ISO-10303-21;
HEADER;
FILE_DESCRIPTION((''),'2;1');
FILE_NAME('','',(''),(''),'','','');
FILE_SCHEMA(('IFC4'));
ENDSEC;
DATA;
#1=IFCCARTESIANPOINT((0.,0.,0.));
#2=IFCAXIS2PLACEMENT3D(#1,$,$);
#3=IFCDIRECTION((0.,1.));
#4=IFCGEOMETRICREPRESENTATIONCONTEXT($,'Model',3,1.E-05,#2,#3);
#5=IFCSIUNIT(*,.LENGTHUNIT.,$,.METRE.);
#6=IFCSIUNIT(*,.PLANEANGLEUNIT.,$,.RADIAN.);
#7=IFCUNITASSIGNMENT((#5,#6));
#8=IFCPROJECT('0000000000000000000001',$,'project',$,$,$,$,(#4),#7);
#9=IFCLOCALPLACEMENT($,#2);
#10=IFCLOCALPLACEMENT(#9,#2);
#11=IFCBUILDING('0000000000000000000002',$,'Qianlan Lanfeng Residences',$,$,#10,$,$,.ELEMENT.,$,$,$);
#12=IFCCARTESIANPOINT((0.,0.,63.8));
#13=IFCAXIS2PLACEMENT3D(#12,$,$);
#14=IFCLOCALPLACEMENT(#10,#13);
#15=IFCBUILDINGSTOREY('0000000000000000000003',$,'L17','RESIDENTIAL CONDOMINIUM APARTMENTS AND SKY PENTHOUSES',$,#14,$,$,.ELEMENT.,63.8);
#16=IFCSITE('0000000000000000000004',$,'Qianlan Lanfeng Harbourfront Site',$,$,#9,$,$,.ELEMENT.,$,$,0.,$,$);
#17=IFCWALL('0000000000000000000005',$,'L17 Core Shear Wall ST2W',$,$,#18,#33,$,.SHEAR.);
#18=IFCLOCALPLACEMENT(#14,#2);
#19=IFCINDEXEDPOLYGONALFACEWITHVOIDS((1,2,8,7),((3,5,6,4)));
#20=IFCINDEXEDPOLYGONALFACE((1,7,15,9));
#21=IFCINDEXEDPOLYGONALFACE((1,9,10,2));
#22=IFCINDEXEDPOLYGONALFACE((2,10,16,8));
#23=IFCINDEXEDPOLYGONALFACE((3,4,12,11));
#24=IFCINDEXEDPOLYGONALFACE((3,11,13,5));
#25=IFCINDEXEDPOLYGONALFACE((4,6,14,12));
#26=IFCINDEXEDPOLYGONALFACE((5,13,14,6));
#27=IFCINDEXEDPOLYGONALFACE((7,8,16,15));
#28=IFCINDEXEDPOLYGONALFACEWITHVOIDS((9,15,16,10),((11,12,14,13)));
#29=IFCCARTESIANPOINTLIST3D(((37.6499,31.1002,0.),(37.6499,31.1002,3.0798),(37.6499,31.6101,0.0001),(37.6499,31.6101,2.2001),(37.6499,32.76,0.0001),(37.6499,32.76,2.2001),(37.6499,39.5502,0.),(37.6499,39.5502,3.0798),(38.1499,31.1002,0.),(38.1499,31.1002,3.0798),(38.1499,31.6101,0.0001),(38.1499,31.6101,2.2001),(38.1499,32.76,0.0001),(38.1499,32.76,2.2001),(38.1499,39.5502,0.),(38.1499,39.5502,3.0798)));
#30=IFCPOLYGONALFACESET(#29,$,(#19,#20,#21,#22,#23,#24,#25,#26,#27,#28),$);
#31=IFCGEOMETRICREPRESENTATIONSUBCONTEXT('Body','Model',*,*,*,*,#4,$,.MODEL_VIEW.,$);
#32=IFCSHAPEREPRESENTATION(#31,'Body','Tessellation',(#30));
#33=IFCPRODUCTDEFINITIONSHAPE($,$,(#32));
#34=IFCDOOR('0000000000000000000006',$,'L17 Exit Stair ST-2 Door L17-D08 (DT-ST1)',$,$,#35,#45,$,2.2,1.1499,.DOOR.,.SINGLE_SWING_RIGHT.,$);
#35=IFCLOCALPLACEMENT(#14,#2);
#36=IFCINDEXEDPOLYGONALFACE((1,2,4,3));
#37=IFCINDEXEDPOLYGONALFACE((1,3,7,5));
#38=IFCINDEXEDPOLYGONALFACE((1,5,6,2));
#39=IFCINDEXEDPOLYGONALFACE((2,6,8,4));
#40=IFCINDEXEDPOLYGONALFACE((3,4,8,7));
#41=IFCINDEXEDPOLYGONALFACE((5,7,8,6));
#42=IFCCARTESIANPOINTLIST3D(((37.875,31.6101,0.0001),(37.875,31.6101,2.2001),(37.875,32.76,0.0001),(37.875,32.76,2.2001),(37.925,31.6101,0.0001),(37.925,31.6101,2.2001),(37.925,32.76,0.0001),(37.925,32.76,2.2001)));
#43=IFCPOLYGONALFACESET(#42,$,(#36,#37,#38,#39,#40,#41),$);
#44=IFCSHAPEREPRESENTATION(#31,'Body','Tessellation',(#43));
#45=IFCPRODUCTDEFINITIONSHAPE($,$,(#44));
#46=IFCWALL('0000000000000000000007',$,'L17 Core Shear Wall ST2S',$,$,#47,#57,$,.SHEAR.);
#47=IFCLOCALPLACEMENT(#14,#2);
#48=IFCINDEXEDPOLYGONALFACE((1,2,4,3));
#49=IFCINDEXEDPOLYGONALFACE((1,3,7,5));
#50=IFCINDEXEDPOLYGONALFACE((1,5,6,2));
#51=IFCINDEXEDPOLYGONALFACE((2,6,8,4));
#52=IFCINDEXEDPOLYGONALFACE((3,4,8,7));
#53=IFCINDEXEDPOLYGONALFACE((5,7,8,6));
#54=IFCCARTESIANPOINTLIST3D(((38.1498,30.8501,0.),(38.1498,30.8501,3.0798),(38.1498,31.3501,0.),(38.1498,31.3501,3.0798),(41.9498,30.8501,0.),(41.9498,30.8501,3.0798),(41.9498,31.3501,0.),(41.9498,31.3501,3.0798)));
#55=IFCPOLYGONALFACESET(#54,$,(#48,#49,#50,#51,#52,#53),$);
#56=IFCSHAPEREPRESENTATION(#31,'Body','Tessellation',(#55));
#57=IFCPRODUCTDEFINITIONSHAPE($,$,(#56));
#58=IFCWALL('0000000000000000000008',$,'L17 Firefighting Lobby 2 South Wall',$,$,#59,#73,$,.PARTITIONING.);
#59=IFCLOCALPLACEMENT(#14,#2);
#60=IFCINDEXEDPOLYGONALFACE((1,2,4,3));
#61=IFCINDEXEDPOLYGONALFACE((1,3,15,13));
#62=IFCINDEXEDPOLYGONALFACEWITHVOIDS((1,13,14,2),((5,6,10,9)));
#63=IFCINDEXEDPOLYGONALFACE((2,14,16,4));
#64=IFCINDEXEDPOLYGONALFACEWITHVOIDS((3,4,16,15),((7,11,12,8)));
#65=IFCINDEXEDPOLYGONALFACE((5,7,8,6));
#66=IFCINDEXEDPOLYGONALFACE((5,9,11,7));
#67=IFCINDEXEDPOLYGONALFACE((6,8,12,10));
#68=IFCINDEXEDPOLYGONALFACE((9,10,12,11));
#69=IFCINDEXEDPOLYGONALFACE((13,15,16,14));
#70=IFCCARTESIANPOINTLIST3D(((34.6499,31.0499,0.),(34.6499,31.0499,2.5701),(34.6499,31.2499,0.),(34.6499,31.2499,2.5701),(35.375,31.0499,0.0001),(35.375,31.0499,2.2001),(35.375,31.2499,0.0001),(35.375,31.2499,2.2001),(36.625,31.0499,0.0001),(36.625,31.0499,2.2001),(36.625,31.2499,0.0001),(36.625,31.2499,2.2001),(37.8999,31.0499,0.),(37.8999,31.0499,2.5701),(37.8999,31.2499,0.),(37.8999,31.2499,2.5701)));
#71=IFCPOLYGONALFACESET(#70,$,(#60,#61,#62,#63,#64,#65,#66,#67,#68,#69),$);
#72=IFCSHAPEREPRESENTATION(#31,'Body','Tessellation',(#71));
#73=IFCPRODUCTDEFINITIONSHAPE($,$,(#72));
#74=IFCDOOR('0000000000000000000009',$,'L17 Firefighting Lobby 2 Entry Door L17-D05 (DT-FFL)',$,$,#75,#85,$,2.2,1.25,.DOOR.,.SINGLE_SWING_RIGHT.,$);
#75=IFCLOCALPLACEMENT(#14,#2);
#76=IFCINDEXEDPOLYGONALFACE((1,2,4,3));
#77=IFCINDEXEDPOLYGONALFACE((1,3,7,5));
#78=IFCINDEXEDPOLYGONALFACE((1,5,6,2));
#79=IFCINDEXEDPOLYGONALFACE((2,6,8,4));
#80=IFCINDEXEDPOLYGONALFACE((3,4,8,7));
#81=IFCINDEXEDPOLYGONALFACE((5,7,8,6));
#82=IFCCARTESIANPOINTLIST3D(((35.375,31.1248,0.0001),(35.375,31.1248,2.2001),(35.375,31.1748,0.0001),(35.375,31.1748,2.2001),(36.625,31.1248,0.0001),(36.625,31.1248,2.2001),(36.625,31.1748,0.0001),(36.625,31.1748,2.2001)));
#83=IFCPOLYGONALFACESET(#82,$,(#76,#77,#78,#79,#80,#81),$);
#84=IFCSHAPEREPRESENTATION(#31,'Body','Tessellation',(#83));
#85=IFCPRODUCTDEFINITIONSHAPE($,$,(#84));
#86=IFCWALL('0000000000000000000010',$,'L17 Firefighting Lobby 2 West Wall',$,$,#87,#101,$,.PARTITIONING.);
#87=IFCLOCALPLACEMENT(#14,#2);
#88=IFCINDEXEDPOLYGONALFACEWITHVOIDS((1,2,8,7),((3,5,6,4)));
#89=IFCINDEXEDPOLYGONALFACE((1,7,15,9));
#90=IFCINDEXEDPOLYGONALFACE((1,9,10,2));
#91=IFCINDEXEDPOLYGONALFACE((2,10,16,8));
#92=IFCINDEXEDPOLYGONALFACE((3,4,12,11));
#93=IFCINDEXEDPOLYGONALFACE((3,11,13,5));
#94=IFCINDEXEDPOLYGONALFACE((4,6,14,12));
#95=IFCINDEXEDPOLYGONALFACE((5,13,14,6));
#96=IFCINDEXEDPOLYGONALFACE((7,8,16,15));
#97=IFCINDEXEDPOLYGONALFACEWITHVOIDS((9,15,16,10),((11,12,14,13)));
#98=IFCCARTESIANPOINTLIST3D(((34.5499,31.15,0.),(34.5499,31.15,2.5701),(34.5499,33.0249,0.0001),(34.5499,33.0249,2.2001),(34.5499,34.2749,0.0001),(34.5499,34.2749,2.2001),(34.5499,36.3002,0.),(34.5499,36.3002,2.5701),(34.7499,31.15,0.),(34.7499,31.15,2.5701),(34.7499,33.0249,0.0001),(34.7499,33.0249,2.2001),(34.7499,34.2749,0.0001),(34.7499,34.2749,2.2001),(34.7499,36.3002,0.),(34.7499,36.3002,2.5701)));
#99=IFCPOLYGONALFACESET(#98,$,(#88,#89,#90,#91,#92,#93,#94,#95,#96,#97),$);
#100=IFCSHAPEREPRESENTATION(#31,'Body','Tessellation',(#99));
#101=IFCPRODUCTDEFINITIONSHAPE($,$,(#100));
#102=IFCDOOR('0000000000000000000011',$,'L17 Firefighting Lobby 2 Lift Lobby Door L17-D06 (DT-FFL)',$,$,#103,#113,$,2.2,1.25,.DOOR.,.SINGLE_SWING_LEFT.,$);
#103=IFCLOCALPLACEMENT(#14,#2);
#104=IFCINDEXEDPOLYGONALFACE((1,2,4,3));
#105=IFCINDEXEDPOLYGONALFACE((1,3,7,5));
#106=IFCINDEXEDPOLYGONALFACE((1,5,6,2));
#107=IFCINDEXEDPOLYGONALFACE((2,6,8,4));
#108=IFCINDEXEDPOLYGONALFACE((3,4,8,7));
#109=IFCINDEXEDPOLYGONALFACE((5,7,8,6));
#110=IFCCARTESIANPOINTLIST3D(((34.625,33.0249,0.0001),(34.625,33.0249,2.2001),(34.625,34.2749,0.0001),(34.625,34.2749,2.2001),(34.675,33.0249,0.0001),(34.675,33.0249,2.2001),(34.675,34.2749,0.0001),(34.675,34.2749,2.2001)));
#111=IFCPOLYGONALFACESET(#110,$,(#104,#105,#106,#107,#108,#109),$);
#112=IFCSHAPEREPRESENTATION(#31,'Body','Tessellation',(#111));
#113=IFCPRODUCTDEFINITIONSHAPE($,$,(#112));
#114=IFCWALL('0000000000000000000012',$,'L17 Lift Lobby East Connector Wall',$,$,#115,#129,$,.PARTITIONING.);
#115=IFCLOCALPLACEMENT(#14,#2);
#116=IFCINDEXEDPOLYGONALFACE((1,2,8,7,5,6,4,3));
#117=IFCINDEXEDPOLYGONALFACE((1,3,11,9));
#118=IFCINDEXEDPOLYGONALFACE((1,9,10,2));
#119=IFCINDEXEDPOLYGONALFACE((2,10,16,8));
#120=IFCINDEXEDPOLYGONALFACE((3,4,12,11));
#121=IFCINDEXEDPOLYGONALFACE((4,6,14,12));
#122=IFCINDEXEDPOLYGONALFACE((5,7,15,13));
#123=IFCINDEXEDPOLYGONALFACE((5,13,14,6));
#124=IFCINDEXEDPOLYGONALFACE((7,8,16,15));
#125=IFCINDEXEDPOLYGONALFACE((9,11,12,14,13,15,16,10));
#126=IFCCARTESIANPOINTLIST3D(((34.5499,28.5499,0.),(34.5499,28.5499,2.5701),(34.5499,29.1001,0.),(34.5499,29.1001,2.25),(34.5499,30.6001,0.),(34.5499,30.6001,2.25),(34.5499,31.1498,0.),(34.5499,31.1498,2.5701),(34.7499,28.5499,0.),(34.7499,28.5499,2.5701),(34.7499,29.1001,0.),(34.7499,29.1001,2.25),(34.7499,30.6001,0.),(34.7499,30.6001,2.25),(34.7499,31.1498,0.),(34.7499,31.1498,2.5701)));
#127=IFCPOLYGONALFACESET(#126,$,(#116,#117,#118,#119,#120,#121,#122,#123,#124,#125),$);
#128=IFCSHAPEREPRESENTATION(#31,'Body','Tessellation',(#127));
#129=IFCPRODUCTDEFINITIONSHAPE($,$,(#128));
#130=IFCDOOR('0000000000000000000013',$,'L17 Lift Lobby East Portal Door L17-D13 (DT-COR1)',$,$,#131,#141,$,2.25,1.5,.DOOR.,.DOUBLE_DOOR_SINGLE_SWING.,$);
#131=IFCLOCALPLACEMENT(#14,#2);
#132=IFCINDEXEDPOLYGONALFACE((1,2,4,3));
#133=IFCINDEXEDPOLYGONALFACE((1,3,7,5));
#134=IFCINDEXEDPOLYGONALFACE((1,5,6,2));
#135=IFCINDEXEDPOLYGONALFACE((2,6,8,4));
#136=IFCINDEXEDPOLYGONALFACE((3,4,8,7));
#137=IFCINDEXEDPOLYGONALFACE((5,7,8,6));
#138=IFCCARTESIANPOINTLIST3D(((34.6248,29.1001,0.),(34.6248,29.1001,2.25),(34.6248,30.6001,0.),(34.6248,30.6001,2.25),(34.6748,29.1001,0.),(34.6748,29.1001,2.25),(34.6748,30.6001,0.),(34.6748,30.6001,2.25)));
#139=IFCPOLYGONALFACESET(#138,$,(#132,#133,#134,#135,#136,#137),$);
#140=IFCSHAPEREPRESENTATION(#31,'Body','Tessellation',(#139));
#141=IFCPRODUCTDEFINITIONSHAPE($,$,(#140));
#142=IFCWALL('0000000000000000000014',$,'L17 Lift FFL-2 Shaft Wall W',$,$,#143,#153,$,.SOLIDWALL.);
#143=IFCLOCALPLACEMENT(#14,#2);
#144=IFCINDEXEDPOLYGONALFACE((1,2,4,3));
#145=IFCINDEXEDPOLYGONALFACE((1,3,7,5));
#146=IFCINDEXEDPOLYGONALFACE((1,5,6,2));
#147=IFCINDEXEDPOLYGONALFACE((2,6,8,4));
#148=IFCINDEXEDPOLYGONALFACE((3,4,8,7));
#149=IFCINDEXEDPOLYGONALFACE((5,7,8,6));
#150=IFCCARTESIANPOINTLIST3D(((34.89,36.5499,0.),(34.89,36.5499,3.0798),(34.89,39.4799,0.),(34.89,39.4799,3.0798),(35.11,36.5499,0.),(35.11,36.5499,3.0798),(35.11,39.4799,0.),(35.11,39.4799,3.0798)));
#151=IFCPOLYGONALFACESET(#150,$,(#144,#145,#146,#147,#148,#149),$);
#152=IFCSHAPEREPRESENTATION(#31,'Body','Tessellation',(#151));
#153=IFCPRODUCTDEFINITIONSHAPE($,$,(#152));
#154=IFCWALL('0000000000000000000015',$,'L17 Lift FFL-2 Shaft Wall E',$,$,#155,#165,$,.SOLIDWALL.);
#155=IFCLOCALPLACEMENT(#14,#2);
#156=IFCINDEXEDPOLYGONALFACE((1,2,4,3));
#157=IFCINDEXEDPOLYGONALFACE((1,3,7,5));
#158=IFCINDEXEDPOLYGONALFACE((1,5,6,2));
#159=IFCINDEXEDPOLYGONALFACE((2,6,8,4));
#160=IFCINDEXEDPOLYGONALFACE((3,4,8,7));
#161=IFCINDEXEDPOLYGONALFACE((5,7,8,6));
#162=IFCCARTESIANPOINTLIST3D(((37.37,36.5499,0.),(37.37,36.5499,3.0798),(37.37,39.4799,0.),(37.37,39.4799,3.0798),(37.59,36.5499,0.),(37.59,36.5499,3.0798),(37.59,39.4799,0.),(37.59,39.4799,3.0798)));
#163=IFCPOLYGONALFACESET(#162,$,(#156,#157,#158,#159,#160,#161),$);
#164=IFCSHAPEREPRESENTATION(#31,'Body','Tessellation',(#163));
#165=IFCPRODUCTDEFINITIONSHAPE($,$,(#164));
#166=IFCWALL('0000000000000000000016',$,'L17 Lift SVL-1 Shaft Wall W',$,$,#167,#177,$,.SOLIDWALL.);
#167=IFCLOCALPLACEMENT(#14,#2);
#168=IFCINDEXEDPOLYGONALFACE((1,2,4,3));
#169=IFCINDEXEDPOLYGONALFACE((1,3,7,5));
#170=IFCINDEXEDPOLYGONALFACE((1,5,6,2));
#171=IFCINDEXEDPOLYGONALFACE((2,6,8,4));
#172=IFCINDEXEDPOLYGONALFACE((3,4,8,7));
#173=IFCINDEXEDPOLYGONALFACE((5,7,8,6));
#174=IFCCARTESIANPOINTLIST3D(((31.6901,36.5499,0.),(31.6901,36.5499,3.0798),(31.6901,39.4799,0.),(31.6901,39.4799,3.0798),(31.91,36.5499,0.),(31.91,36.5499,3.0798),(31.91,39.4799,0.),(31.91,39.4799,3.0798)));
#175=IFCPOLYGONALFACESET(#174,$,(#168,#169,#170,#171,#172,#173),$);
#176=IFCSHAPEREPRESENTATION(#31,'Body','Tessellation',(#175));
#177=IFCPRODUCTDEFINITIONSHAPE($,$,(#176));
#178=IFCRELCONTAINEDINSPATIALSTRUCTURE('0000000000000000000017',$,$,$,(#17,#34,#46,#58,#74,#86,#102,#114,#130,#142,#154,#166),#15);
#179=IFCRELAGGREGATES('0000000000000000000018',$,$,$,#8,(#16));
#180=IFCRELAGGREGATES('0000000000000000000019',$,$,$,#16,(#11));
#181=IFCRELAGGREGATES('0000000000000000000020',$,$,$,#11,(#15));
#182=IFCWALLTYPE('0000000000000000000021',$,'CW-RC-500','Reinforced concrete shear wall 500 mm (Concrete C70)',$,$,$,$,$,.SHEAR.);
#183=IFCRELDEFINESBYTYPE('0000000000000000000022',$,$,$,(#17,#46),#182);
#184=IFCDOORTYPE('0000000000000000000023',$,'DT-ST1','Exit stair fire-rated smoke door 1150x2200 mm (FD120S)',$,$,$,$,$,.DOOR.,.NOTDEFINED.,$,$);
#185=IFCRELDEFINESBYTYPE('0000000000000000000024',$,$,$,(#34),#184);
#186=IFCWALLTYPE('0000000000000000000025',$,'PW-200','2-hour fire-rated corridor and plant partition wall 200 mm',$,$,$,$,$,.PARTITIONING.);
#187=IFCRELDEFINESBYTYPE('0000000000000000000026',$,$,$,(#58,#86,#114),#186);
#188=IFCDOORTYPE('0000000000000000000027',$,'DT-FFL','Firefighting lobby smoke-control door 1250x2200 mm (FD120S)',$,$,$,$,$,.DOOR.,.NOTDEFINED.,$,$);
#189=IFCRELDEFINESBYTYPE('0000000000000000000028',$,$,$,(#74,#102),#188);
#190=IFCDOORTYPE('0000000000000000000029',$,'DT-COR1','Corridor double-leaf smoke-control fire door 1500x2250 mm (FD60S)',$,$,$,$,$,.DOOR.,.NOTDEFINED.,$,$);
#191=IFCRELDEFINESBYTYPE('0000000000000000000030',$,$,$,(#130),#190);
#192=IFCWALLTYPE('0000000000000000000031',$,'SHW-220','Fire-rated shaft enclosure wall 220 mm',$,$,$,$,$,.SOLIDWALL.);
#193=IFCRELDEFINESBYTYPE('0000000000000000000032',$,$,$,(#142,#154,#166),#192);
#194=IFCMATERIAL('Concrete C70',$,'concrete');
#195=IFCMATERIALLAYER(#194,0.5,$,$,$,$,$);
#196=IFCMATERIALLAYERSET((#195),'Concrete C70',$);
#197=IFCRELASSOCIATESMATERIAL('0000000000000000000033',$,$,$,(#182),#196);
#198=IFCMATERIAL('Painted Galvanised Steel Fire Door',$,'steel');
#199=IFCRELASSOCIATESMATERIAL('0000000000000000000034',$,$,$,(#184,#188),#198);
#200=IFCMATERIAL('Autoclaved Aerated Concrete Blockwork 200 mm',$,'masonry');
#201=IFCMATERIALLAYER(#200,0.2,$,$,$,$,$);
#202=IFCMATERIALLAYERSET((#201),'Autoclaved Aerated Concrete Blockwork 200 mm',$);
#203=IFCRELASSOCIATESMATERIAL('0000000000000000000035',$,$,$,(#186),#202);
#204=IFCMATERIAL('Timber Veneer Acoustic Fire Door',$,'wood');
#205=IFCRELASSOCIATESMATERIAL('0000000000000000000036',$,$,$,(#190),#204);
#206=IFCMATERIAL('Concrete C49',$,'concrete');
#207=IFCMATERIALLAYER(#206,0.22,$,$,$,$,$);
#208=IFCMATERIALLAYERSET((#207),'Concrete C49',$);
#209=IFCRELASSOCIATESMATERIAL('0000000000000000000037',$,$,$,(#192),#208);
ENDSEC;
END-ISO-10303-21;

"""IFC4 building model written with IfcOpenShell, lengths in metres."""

from ifc_helpers import new_model, si_unit, direction, frame, frame_2d, origin, place, context, subcontext, project, spatial, rectangle, extrude, material, layer, layer_set, type_object, element, fill, save


model = new_model("IFC4")

# Units and contexts
model_context = context("Model", 3, precision=1e-05, world=origin(), true_north=direction((0.0, 1.0)))
body_context = subcontext(model_context, "Body", "Model", "MODEL_VIEW")
ifc_project = project(units=[si_unit("LENGTHUNIT", "METRE"), si_unit("PLANEANGLEUNIT", "RADIAN")], contexts=[model_context])

# Site, building, storey
site_placement = place(None, origin())
site = spatial("IfcSite", under=ifc_project, at=site_placement, Name="Qianlan Lanfeng Harbourfront Site", CompositionType="ELEMENT", RefElevation=0.0)
building_placement = place(site_placement, origin())
building = spatial("IfcBuilding", under=site, at=building_placement, Name="Qianlan Lanfeng Residences", CompositionType="ELEMENT")
storey_placement = place(building_placement, frame((0.0, 0.0, 63.8)))
storey = spatial("IfcBuildingStorey", under=building, at=storey_placement, Name="L17", Description="RESIDENTIAL CONDOMINIUM APARTMENTS AND SKY PENTHOUSES", CompositionType="ELEMENT", Elevation=63.8)

# Wall, opening, door
ifc_material_1 = material(Name="Concrete C70", Category="concrete")
ifc_layer_1 = layer(ifc_material_1, 0.5)
ifc_layer_set_1 = layer_set([ifc_layer_1], Name="Concrete C70")
wall_type_1 = type_object("IfcWallType", Name="CW-RC-500", Description="Reinforced concrete shear wall 500 mm (Concrete C70)", PredefinedType="SHEAR", material=ifc_layer_set_1)
wall_1_placement = place(storey_placement, frame((37.8999, 31.1001, 0.0), z_axis=(0.0, 0.0, 1.0), x_axis=(0.0, 1.0, 0.0)))
wall_1 = element("IfcWall", 1, at=wall_1_placement, inside=storey, type_object=wall_type_1, Name="L17 Core Shear Wall ST2W", PredefinedType="SHEAR", context=body_context, shape_type="SweptSolid", body=[
    extrude(rectangle(XDim=8.45, YDim=0.5, at=frame_2d((4.2251, 0.0))), origin(), (0.0, 0.0, 1.0), 3.0798),
])
opening_1_placement = place(wall_1_placement, frame((0.51, 0.0, 0.0)))
opening_1 = element("IfcOpeningElement", 2, at=opening_1_placement, cuts=wall_1, PredefinedType="OPENING", context=body_context, shape_type="SweptSolid", body=[
    extrude(rectangle(XDim=1.1499, YDim=2.2, at=frame_2d((0.575, 1.1001))), frame((0.0, 0.26, 0.0), z_axis=(0.0, -1.0, 0.0), x_axis=(1.0, 0.0, 0.0)), (0.0, 0.0, 1.0), 0.52),
])
ifc_material_2 = material(Name="Painted Galvanised Steel Fire Door", Category="steel")
door_type_1 = type_object("IfcDoorType", Name="DT-ST1", Description="Exit stair fire-rated smoke door 1150x2200 mm (FD120S)", OperationType="NOTDEFINED", PredefinedType="DOOR", material=ifc_material_2)
door_1_placement = place(opening_1_placement, origin())
door_1 = element("IfcDoor", 3, at=door_1_placement, inside=storey, type_object=door_type_1, Name="L17 Exit Stair ST-2 Door L17-D08 (DT-ST1)", OperationType="SINGLE_SWING_RIGHT", OverallHeight=2.2, OverallWidth=1.1499, PredefinedType="DOOR", context=body_context, shape_type="SweptSolid", body=[
    extrude(rectangle(XDim=1.1499, YDim=2.2, at=frame_2d((0.575, 1.1001))), frame((0.0, 0.0249, 0.0), z_axis=(0.0, -1.0, 0.0), x_axis=(1.0, 0.0, 0.0)), (0.0, 0.0, 1.0), 0.05),
])
fill(opening_1, door_1)

# Wall
wall_2_placement = place(storey_placement, frame((38.1499, 31.1001, 0.0), z_axis=(0.0, 0.0, 1.0), x_axis=(1.0, 0.0, 0.0)))
element("IfcWall", 4, at=wall_2_placement, inside=storey, type_object=wall_type_1, Name="L17 Core Shear Wall ST2S", PredefinedType="SHEAR", context=body_context, shape_type="SweptSolid", body=[
    extrude(rectangle(XDim=3.8, YDim=0.5, at=frame_2d((1.8999, 0.0))), origin(), (0.0, 0.0, 1.0), 3.0798),
])

# Walls, openings, doors
ifc_material_3 = material(Name="Autoclaved Aerated Concrete Blockwork 200 mm", Category="masonry")
ifc_layer_2 = layer(ifc_material_3, 0.2)
ifc_layer_set_2 = layer_set([ifc_layer_2], Name="Autoclaved Aerated Concrete Blockwork 200 mm")
wall_type_2 = type_object("IfcWallType", Name="PW-200", Description="2-hour fire-rated corridor and plant partition wall 200 mm", PredefinedType="PARTITIONING", material=ifc_layer_set_2)
wall_3_placement = place(storey_placement, frame((34.6499, 31.1499, 0.0), z_axis=(0.0, 0.0, 1.0), x_axis=(1.0, 0.0, 0.0)))
wall_3 = element("IfcWall", 5, at=wall_3_placement, inside=storey, type_object=wall_type_2, Name="L17 Firefighting Lobby 2 South Wall", PredefinedType="PARTITIONING", context=body_context, shape_type="SweptSolid", body=[
    extrude(rectangle(XDim=3.25, YDim=0.2, at=frame_2d((1.625, 0.0))), origin(), (0.0, 0.0, 1.0), 2.5701),
])
opening_2_placement = place(wall_3_placement, frame((0.7251, 0.0, 0.0)))
opening_2 = element("IfcOpeningElement", 6, at=opening_2_placement, cuts=wall_3, PredefinedType="OPENING", context=body_context, shape_type="SweptSolid", body=[
    extrude(rectangle(XDim=1.25, YDim=2.2, at=frame_2d((0.625, 1.1001))), frame((0.0, 0.1099, 0.0), z_axis=(0.0, -1.0, 0.0), x_axis=(1.0, 0.0, 0.0)), (0.0, 0.0, 1.0), 0.22),
])
door_type_2 = type_object("IfcDoorType", Name="DT-FFL", Description="Firefighting lobby smoke-control door 1250x2200 mm (FD120S)", OperationType="NOTDEFINED", PredefinedType="DOOR", material=ifc_material_2)
door_2_placement = place(opening_2_placement, origin())
door_2 = element("IfcDoor", 7, at=door_2_placement, inside=storey, type_object=door_type_2, Name="L17 Firefighting Lobby 2 Entry Door L17-D05 (DT-FFL)", OperationType="SINGLE_SWING_RIGHT", OverallHeight=2.2, OverallWidth=1.25, PredefinedType="DOOR", context=body_context, shape_type="SweptSolid", body=[
    extrude(rectangle(XDim=1.25, YDim=2.2, at=frame_2d((0.625, 1.1001))), frame((0.0, 0.0249, 0.0), z_axis=(0.0, -1.0, 0.0), x_axis=(1.0, 0.0, 0.0)), (0.0, 0.0, 1.0), 0.05),
])
fill(opening_2, door_2)
wall_4_placement = place(storey_placement, frame((34.6499, 31.1499, 0.0), z_axis=(0.0, 0.0, 1.0), x_axis=(0.0, 1.0, 0.0)))
wall_4 = element("IfcWall", 8, at=wall_4_placement, inside=storey, type_object=wall_type_2, Name="L17 Firefighting Lobby 2 West Wall", PredefinedType="PARTITIONING", context=body_context, shape_type="SweptSolid", body=[
    extrude(rectangle(XDim=5.1501, YDim=0.2, at=frame_2d((2.5752, 0.0))), origin(), (0.0, 0.0, 1.0), 2.5701),
])
opening_3_placement = place(wall_4_placement, frame((1.875, 0.0, 0.0)))
opening_3 = element("IfcOpeningElement", 9, at=opening_3_placement, cuts=wall_4, PredefinedType="OPENING", context=body_context, shape_type="SweptSolid", body=[
    extrude(rectangle(XDim=1.25, YDim=2.2, at=frame_2d((0.625, 1.1001))), frame((0.0, 0.1099, 0.0), z_axis=(0.0, -1.0, 0.0), x_axis=(1.0, 0.0, 0.0)), (0.0, 0.0, 1.0), 0.22),
])
door_3_placement = place(opening_3_placement, origin())
door_3 = element("IfcDoor", 10, at=door_3_placement, inside=storey, type_object=door_type_2, Name="L17 Firefighting Lobby 2 Lift Lobby Door L17-D06 (DT-FFL)", OperationType="SINGLE_SWING_LEFT", OverallHeight=2.2, OverallWidth=1.25, PredefinedType="DOOR", context=body_context, shape_type="SweptSolid", body=[
    extrude(rectangle(XDim=1.25, YDim=2.2, at=frame_2d((0.625, 1.1001))), frame((0.0, 0.0249, 0.0), z_axis=(0.0, -1.0, 0.0), x_axis=(1.0, 0.0, 0.0)), (0.0, 0.0, 1.0), 0.05),
])
fill(opening_3, door_3)
wall_5_placement = place(storey_placement, frame((34.6499, 28.55, 0.0), z_axis=(0.0, 0.0, 1.0), x_axis=(0.0, 1.0, 0.0)))
wall_5 = element("IfcWall", 11, at=wall_5_placement, inside=storey, type_object=wall_type_2, Name="L17 Lift Lobby East Connector Wall", PredefinedType="PARTITIONING", context=body_context, shape_type="SweptSolid", body=[
    extrude(rectangle(XDim=2.5999, YDim=0.2, at=frame_2d((1.2998, 0.0))), origin(), (0.0, 0.0, 1.0), 2.5701),
])
opening_4_placement = place(wall_5_placement, frame((0.55, 0.0, 0.0)))
opening_4 = element("IfcOpeningElement", 12, at=opening_4_placement, cuts=wall_5, PredefinedType="OPENING", context=body_context, shape_type="SweptSolid", body=[
    extrude(rectangle(XDim=1.5, YDim=2.25, at=frame_2d((0.75, 1.125))), frame((0.0, 0.1099, 0.0), z_axis=(0.0, -1.0, 0.0), x_axis=(1.0, 0.0, 0.0)), (0.0, 0.0, 1.0), 0.22),
])
ifc_material_4 = material(Name="Timber Veneer Acoustic Fire Door", Category="wood")
door_type_3 = type_object("IfcDoorType", Name="DT-COR1", Description="Corridor double-leaf smoke-control fire door 1500x2250 mm (FD60S)", OperationType="NOTDEFINED", PredefinedType="DOOR", material=ifc_material_4)
door_4_placement = place(opening_4_placement, frame((1.5, 0.0, 0.0), z_axis=(0.0, 0.0, 1.0), x_axis=(-1.0, 0.0, 0.0)))
door_4 = element("IfcDoor", 13, at=door_4_placement, inside=storey, type_object=door_type_3, Name="L17 Lift Lobby East Portal Door L17-D13 (DT-COR1)", OperationType="DOUBLE_DOOR_SINGLE_SWING", OverallHeight=2.25, OverallWidth=1.5, PredefinedType="DOOR", context=body_context, shape_type="SweptSolid", body=[
    extrude(rectangle(XDim=1.5, YDim=2.25, at=frame_2d((0.75, 1.125))), frame((0.0, 0.0249, 0.0), z_axis=(0.0, -1.0, 0.0), x_axis=(1.0, 0.0, 0.0)), (0.0, 0.0, 1.0), 0.05),
])
fill(opening_4, door_4)

# Walls
ifc_material_5 = material(Name="Concrete C49", Category="concrete")
ifc_layer_3 = layer(ifc_material_5, 0.22)
ifc_layer_set_3 = layer_set([ifc_layer_3], Name="Concrete C49")
wall_type_3 = type_object("IfcWallType", Name="SHW-220", Description="Fire-rated shaft enclosure wall 220 mm", PredefinedType="SOLIDWALL", material=ifc_layer_set_3)
for number, where, z_axis, x_axis, name in (
    (14, (35.0, 36.55, 0.0), (0.0, 0.0, 1.0), (0.0, 1.0, 0.0), "L17 Lift FFL-2 Shaft Wall W"),
    (15, (37.48, 36.55, 0.0), (0.0, 0.0, 1.0), (0.0, 1.0, 0.0), "L17 Lift FFL-2 Shaft Wall E"),
    (16, (31.8, 36.55, 0.0), (0.0, 0.0, 1.0), (0.0, 1.0, 0.0), "L17 Lift SVL-1 Shaft Wall W"),
):
    element("IfcWall", number, at=place(storey_placement, frame(where, z_axis=z_axis, x_axis=x_axis)), inside=storey, type_object=wall_type_3, Name=name, PredefinedType="SOLIDWALL", context=body_context, shape_type="SweptSolid", body=[
        extrude(rectangle(XDim=2.9299, YDim=0.22, at=frame_2d((1.4648, 0.0))), origin(), (0.0, 0.0, 1.0), 3.0798),
    ])

save(model, "model.ifc")
